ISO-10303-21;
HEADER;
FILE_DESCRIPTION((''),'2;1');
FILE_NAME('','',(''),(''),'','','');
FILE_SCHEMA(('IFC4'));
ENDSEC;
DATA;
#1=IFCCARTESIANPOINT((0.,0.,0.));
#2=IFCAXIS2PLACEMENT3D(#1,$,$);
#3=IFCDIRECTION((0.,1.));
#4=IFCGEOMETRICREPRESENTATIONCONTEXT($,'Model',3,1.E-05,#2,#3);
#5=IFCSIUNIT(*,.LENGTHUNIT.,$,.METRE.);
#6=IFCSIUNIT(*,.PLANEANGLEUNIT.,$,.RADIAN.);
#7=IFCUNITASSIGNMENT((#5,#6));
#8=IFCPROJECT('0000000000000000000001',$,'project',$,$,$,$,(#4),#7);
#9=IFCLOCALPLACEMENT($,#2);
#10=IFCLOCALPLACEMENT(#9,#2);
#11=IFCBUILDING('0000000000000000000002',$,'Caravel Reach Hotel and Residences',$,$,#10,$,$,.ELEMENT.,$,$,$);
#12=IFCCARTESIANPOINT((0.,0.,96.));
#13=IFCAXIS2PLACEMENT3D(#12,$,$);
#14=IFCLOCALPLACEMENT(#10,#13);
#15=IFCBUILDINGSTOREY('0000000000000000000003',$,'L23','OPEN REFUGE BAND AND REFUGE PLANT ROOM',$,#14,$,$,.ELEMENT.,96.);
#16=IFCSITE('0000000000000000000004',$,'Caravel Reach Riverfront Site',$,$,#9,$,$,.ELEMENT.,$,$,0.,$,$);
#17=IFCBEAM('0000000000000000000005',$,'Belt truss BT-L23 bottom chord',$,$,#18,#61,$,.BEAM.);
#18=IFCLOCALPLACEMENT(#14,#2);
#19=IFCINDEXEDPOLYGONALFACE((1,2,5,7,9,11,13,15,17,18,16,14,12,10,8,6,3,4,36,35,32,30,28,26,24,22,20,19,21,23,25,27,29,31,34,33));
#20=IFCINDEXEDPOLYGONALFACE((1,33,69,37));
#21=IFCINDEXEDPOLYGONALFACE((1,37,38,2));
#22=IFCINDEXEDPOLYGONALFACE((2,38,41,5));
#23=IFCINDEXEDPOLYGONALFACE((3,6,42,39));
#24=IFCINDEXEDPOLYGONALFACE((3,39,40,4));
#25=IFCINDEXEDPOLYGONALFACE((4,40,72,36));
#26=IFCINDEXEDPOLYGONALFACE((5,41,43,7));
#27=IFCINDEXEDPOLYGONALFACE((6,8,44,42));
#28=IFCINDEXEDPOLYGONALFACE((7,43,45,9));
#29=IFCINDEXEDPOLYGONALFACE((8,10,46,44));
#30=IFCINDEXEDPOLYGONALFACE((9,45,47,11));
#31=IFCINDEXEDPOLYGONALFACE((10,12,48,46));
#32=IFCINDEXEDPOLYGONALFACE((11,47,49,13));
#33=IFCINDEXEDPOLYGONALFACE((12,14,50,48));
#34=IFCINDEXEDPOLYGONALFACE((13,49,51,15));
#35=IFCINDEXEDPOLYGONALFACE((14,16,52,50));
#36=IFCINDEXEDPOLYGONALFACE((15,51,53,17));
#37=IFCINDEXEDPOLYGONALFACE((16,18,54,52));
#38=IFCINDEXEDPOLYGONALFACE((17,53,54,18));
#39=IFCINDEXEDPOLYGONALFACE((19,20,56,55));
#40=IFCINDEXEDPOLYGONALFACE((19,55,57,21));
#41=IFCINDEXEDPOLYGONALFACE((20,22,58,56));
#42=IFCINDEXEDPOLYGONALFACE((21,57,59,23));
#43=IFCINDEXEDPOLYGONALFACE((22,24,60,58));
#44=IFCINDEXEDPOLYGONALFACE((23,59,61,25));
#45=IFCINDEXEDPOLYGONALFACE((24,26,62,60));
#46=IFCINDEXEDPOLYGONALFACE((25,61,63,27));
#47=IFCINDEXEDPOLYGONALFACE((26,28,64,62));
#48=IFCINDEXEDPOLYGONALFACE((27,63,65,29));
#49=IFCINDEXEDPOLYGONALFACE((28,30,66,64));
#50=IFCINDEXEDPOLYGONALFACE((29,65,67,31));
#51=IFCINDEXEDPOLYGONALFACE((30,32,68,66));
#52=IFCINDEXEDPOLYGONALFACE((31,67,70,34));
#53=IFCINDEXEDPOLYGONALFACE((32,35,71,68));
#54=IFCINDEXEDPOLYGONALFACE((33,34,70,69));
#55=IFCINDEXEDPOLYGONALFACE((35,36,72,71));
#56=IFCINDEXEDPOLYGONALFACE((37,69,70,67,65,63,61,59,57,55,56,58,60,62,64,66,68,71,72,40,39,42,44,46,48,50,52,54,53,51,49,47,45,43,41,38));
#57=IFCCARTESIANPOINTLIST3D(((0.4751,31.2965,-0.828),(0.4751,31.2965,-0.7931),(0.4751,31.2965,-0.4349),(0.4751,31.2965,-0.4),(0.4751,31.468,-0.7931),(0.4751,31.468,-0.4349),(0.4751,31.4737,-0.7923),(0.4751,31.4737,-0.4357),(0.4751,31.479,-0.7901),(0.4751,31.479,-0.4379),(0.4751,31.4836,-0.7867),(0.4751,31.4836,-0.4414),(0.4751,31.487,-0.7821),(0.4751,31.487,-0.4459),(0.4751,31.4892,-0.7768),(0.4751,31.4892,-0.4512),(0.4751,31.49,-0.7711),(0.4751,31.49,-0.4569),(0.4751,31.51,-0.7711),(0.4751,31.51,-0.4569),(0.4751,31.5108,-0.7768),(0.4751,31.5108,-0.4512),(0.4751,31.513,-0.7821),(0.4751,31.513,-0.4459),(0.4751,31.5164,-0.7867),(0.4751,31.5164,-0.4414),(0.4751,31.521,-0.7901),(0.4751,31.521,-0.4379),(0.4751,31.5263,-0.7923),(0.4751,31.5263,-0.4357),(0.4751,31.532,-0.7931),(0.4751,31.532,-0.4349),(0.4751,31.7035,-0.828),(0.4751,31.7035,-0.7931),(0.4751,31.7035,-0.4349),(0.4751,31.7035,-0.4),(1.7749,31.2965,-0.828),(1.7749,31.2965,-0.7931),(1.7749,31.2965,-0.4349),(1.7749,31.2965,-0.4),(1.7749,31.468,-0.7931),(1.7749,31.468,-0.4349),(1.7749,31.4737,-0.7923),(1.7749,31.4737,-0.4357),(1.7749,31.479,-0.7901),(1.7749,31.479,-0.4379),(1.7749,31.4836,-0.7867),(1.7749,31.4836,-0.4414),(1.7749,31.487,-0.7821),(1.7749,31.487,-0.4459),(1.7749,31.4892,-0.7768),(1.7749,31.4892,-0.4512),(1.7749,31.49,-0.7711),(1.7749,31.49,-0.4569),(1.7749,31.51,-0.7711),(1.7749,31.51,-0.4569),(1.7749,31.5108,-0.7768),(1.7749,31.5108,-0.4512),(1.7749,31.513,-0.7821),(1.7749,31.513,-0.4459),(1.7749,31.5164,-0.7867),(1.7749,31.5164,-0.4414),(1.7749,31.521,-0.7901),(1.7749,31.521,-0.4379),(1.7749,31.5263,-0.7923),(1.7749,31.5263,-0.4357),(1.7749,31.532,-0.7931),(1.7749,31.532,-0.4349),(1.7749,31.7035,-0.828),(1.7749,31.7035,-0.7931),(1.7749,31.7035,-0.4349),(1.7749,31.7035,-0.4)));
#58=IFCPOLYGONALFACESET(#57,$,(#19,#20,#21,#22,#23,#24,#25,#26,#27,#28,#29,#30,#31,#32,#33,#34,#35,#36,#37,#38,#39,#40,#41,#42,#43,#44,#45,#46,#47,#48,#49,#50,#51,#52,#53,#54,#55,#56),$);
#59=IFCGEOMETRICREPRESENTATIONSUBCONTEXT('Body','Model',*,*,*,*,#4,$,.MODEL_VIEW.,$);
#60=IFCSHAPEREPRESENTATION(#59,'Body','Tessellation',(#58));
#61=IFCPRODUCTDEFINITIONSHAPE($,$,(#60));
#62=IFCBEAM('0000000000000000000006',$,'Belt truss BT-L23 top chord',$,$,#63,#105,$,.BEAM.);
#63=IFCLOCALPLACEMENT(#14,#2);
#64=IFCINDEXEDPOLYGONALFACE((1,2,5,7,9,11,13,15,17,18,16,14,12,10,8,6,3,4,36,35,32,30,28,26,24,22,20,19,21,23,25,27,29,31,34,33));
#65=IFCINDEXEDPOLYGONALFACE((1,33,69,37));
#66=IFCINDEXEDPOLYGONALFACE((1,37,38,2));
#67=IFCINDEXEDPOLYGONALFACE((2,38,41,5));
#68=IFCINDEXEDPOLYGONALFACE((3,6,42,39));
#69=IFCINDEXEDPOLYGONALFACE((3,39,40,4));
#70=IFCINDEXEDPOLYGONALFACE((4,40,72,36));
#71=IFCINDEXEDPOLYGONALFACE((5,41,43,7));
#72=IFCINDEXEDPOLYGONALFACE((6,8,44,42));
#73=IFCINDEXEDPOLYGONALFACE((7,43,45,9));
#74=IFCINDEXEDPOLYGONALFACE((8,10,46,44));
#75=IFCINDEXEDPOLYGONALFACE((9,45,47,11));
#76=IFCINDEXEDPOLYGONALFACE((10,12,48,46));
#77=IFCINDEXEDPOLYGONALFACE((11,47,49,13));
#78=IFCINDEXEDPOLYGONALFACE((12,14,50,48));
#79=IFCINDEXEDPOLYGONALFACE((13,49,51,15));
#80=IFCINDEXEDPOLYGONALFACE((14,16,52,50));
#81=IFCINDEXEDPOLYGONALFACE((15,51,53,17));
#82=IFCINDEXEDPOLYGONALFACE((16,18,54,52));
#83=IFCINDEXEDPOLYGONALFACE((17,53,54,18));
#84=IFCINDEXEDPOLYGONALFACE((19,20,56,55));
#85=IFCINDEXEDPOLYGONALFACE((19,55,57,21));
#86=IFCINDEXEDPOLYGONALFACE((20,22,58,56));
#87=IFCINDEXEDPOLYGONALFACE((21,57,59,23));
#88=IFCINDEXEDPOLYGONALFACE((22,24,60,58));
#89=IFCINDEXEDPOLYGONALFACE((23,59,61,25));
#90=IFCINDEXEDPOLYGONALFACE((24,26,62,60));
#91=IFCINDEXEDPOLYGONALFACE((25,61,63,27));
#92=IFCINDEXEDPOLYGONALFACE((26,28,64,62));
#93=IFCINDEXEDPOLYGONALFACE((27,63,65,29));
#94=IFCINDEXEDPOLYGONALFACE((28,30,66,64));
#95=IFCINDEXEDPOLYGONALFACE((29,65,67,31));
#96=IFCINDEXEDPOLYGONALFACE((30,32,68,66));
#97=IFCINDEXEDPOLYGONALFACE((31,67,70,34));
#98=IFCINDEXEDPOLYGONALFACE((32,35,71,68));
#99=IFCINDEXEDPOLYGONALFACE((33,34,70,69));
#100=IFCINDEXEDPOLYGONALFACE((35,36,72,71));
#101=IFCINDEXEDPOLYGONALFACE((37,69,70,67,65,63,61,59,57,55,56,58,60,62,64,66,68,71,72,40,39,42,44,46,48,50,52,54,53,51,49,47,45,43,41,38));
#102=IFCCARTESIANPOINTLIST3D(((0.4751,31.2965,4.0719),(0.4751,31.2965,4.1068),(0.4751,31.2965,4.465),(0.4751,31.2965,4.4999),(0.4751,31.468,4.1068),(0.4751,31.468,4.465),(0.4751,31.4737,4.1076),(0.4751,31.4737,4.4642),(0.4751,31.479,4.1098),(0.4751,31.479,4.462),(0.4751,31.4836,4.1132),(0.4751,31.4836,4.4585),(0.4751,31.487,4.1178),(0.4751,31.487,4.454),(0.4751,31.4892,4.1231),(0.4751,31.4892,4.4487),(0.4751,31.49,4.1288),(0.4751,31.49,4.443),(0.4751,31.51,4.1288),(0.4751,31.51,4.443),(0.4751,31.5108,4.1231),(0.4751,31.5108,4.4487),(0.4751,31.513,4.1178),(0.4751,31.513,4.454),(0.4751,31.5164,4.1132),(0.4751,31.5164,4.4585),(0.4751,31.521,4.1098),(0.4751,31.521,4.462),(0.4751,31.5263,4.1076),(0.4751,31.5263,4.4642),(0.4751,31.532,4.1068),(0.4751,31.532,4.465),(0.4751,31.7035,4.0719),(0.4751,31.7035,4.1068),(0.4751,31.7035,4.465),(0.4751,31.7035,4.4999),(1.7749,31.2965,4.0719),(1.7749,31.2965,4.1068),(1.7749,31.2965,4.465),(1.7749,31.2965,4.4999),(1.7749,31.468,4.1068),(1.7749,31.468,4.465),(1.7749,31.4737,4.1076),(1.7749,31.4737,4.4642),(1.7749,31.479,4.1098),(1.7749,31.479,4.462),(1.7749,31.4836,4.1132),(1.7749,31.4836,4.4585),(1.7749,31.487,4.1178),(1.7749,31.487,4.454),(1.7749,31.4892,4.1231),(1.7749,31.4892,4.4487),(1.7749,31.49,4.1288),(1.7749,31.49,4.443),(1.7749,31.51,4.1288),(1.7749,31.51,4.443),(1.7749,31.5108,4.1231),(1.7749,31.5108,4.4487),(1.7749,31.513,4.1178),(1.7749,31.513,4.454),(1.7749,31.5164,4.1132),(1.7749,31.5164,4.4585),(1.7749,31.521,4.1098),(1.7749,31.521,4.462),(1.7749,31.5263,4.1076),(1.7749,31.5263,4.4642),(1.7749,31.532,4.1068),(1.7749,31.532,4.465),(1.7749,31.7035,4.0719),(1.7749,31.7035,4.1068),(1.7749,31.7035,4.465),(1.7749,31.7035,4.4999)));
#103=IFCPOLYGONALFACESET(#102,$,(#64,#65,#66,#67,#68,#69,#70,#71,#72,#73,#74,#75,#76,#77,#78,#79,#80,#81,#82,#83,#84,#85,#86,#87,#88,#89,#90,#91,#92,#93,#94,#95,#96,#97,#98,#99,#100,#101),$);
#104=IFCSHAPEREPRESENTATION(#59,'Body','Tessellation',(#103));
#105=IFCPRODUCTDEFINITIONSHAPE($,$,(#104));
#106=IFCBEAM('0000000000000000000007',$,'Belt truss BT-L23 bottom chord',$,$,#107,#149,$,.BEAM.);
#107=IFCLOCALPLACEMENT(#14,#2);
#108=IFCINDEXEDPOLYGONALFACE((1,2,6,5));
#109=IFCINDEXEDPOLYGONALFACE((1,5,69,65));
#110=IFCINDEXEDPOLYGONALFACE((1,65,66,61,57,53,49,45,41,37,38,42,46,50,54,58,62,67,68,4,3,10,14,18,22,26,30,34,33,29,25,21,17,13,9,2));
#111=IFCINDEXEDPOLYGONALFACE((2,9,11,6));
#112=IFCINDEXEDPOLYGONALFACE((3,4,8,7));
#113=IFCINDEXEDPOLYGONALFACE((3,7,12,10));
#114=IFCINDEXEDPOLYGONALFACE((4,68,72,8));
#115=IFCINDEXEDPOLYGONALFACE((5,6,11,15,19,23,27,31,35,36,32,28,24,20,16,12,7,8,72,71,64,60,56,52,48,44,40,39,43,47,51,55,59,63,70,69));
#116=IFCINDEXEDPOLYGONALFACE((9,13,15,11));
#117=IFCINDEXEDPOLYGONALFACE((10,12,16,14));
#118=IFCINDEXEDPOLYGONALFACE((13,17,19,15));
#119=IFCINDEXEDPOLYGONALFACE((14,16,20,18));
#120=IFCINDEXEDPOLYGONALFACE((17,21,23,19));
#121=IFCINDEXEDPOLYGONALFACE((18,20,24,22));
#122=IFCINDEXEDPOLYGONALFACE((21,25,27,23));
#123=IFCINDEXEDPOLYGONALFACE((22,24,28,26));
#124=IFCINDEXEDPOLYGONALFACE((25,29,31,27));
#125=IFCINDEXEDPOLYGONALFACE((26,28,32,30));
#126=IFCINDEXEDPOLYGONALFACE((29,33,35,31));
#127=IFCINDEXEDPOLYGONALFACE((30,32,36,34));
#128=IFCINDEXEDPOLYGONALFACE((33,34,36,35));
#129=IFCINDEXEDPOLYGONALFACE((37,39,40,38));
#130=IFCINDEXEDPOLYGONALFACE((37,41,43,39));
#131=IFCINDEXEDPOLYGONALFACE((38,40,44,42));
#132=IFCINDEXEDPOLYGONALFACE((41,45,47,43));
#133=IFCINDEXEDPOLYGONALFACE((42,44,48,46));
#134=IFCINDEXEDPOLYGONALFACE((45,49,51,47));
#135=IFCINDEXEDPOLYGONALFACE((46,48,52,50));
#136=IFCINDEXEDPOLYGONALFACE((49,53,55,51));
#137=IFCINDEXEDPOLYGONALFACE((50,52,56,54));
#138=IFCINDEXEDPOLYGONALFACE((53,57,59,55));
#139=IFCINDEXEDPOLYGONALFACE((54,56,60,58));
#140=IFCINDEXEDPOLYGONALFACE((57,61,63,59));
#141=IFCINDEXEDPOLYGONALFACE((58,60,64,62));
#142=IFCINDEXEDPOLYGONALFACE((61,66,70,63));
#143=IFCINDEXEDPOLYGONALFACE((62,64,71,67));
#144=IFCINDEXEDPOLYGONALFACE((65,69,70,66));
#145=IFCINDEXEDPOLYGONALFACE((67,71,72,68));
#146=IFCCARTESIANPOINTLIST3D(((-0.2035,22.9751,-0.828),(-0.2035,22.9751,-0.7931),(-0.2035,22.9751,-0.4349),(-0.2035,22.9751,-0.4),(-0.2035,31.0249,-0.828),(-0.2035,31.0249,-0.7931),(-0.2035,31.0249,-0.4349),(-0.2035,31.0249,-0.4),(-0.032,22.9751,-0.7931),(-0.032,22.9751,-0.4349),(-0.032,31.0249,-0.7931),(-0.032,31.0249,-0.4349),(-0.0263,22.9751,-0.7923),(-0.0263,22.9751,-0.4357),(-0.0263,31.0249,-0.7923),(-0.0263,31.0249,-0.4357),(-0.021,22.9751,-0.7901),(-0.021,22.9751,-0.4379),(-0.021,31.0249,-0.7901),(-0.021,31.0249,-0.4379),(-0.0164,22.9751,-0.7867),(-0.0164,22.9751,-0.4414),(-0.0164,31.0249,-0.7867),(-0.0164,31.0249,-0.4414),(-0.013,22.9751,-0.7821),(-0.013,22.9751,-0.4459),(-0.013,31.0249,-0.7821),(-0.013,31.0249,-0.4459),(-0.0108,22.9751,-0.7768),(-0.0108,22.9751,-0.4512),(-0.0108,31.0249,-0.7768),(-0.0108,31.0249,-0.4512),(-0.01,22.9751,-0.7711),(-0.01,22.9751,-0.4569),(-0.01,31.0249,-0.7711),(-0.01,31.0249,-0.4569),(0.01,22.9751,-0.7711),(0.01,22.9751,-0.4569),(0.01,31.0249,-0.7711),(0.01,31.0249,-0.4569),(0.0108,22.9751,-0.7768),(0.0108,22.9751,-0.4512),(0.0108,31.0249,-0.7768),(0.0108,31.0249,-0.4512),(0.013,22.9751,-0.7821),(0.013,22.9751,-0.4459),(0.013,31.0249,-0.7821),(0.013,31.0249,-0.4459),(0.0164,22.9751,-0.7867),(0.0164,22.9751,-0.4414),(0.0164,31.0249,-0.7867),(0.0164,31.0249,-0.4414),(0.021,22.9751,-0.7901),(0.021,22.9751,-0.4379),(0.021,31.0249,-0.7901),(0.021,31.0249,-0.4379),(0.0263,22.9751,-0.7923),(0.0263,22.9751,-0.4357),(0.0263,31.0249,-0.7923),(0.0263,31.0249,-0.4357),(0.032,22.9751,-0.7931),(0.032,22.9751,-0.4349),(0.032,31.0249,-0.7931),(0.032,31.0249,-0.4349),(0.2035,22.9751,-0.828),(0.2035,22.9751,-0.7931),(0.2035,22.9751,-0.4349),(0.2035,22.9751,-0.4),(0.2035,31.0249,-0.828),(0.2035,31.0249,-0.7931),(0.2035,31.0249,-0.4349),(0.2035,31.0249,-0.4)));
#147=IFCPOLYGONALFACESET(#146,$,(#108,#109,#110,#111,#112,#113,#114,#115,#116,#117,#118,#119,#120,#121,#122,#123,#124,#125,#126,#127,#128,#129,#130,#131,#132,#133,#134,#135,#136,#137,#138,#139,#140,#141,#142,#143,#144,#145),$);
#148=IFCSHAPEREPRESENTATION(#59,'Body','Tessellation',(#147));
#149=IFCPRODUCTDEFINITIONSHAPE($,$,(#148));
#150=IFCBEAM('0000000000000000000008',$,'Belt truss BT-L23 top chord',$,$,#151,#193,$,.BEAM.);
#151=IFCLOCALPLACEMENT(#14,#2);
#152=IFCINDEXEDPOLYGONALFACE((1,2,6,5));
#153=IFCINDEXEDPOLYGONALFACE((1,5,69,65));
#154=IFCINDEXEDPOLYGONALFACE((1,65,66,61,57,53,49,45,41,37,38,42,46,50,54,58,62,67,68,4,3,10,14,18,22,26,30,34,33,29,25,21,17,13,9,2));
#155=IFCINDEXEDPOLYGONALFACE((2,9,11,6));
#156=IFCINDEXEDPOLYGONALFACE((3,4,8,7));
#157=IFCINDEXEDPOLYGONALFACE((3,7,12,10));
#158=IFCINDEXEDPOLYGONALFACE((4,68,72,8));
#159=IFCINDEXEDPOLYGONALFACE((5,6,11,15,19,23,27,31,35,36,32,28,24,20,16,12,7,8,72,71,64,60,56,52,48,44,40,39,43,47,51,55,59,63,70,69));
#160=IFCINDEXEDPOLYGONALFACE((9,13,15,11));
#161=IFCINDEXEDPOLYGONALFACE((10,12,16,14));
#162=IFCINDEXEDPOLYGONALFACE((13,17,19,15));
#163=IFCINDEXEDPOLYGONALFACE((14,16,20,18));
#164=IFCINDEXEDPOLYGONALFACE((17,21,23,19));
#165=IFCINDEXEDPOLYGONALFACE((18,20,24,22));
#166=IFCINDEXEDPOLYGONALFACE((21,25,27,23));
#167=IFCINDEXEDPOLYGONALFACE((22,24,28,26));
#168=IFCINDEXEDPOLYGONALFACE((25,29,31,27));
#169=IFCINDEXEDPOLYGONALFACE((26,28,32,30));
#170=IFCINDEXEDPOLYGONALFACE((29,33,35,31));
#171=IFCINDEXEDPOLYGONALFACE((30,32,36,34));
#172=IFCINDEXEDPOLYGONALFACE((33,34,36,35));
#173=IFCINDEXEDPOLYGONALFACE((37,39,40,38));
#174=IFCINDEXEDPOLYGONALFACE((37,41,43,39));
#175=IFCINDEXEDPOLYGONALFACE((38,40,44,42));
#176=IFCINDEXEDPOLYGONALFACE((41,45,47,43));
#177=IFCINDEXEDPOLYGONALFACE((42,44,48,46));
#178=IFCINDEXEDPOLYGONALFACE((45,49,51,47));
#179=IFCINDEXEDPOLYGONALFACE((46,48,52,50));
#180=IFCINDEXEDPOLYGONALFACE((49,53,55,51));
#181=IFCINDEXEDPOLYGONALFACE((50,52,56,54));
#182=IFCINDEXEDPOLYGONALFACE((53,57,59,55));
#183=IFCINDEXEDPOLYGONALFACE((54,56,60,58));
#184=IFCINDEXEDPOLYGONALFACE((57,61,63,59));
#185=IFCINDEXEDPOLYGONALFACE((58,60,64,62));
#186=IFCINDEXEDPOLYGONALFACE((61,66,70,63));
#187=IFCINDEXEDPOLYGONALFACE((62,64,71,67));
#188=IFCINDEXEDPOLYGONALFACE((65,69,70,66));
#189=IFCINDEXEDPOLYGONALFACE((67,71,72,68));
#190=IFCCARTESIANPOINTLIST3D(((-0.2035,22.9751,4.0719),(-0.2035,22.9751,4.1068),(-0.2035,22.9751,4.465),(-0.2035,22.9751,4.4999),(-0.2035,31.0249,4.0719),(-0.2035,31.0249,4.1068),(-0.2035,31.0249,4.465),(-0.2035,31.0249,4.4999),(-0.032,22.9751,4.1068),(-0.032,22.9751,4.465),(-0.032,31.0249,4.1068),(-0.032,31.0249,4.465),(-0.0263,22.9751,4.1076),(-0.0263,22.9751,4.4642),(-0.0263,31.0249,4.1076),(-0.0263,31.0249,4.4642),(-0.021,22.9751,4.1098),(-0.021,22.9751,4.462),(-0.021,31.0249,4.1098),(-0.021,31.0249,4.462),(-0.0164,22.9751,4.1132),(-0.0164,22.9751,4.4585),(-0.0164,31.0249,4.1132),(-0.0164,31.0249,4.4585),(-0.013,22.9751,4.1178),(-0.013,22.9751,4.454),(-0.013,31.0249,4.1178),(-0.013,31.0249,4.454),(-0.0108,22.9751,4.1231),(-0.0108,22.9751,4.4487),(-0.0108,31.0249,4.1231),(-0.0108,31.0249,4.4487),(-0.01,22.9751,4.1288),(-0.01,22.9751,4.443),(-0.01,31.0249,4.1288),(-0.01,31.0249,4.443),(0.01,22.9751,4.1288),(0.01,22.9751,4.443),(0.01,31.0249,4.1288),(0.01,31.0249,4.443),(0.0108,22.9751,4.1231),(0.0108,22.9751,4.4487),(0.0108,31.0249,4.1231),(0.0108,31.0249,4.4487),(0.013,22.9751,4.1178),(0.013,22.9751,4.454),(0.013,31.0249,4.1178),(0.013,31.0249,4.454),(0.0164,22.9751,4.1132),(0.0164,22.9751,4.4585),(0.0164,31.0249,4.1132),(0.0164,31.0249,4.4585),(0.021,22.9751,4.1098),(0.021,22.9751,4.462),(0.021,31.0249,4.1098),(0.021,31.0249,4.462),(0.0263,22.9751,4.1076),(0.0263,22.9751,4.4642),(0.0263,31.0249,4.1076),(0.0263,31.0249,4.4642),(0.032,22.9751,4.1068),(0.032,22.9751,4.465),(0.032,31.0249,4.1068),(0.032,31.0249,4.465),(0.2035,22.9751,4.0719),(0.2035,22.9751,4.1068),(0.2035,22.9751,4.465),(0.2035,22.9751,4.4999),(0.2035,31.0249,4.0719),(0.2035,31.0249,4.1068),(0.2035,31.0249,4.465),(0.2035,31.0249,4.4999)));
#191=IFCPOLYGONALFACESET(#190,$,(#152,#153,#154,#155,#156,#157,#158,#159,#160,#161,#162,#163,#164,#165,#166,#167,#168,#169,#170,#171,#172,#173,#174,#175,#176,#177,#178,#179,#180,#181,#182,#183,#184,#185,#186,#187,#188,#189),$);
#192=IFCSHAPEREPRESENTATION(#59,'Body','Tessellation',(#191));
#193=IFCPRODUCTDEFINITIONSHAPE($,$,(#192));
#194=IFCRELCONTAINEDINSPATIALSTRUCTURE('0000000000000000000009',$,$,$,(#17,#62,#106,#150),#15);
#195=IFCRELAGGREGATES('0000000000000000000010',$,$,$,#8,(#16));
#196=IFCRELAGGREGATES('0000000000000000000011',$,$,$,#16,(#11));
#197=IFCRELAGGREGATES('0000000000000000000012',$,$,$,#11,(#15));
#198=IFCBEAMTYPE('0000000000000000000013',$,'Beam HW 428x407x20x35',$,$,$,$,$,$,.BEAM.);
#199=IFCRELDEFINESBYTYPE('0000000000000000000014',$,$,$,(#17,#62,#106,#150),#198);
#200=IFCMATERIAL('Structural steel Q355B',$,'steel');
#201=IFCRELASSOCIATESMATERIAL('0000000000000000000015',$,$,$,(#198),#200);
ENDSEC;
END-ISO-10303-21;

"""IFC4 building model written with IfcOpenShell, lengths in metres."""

from ifc_helpers import new_model, si_unit, direction, frame, origin, origin_2d, place, context, subcontext, project, spatial, i_section, extrude, material, material_profile, profile_set, type_object, element, save


model = new_model("IFC4")

# Units and contexts
model_context = context("Model", 3, precision=1e-05, world=origin(), true_north=direction((0.0, 1.0)))
body_context = subcontext(model_context, "Body", "Model", "MODEL_VIEW")
ifc_project = project(units=[si_unit("LENGTHUNIT", "METRE"), si_unit("PLANEANGLEUNIT", "RADIAN")], contexts=[model_context])

# Site, building, storey
site_placement = place(None, origin())
site = spatial("IfcSite", under=ifc_project, at=site_placement, Name="Caravel Reach Riverfront Site", CompositionType="ELEMENT", RefElevation=0.0)
building_placement = place(site_placement, origin())
building = spatial("IfcBuilding", under=site, at=building_placement, Name="Caravel Reach Hotel and Residences", CompositionType="ELEMENT")
storey_placement = place(building_placement, frame((0.0, 0.0, 96.0)))
storey = spatial("IfcBuildingStorey", under=building, at=storey_placement, Name="L23", Description="OPEN REFUGE BAND AND REFUGE PLANT ROOM", CompositionType="ELEMENT", Elevation=96.0)

# Beams
ifc_material_1 = material(Name="Structural steel Q355B", Category="steel")
ifc_material_profile_1 = material_profile(ifc_material_1, i_section(OverallWidth=0.407, OverallDepth=0.428, WebThickness=0.02, FlangeThickness=0.0349, FilletRadius=0.022, at=origin_2d()), Name="HW 428x407x20x35")
ifc_profile_set_1 = profile_set([ifc_material_profile_1], Name="Structural steel Q355B")
beam_type = type_object("IfcBeamType", Name="Beam HW 428x407x20x35", PredefinedType="BEAM", material=ifc_profile_set_1)
for number, where, z_axis, x_axis, name in (
    (1, (1.7749, 31.5, -0.614), (-1.0, 0.0, 0.0), (0.0, -1.0, 0.0), "Belt truss BT-L23 bottom chord"),
    (2, (1.7749, 31.5, 4.2859), (-1.0, 0.0, 0.0), (0.0, -1.0, 0.0), "Belt truss BT-L23 top chord"),
):
    element("IfcBeam", number, at=place(storey_placement, frame(where, z_axis=z_axis, x_axis=x_axis)), inside=storey, type_object=beam_type, Name=name, PredefinedType="BEAM", context=body_context, shape_type="SweptSolid", body=[
        extrude(i_section(OverallWidth=0.407, OverallDepth=0.428, WebThickness=0.02, FlangeThickness=0.0349, FilletRadius=0.022, at=origin_2d()), origin(), (0.0, 0.0, 1.0), 1.2998),
    ])
for number, where, z_axis, x_axis, name in (
    (3, (0.0, 31.0249, -0.614), (0.0, -1.0, 0.0), (1.0, 0.0, 0.0), "Belt truss BT-L23 bottom chord"),
    (4, (0.0, 31.0249, 4.2859), (0.0, -1.0, 0.0), (1.0, 0.0, 0.0), "Belt truss BT-L23 top chord"),
):
    element("IfcBeam", number, at=place(storey_placement, frame(where, z_axis=z_axis, x_axis=x_axis)), inside=storey, type_object=beam_type, Name=name, PredefinedType="BEAM", context=body_context, shape_type="SweptSolid", body=[
        extrude(i_section(OverallWidth=0.407, OverallDepth=0.428, WebThickness=0.02, FlangeThickness=0.0349, FilletRadius=0.022, at=origin_2d()), origin(), (0.0, 0.0, 1.0), 8.0498),
    ])

save(model, "model.ifc")
